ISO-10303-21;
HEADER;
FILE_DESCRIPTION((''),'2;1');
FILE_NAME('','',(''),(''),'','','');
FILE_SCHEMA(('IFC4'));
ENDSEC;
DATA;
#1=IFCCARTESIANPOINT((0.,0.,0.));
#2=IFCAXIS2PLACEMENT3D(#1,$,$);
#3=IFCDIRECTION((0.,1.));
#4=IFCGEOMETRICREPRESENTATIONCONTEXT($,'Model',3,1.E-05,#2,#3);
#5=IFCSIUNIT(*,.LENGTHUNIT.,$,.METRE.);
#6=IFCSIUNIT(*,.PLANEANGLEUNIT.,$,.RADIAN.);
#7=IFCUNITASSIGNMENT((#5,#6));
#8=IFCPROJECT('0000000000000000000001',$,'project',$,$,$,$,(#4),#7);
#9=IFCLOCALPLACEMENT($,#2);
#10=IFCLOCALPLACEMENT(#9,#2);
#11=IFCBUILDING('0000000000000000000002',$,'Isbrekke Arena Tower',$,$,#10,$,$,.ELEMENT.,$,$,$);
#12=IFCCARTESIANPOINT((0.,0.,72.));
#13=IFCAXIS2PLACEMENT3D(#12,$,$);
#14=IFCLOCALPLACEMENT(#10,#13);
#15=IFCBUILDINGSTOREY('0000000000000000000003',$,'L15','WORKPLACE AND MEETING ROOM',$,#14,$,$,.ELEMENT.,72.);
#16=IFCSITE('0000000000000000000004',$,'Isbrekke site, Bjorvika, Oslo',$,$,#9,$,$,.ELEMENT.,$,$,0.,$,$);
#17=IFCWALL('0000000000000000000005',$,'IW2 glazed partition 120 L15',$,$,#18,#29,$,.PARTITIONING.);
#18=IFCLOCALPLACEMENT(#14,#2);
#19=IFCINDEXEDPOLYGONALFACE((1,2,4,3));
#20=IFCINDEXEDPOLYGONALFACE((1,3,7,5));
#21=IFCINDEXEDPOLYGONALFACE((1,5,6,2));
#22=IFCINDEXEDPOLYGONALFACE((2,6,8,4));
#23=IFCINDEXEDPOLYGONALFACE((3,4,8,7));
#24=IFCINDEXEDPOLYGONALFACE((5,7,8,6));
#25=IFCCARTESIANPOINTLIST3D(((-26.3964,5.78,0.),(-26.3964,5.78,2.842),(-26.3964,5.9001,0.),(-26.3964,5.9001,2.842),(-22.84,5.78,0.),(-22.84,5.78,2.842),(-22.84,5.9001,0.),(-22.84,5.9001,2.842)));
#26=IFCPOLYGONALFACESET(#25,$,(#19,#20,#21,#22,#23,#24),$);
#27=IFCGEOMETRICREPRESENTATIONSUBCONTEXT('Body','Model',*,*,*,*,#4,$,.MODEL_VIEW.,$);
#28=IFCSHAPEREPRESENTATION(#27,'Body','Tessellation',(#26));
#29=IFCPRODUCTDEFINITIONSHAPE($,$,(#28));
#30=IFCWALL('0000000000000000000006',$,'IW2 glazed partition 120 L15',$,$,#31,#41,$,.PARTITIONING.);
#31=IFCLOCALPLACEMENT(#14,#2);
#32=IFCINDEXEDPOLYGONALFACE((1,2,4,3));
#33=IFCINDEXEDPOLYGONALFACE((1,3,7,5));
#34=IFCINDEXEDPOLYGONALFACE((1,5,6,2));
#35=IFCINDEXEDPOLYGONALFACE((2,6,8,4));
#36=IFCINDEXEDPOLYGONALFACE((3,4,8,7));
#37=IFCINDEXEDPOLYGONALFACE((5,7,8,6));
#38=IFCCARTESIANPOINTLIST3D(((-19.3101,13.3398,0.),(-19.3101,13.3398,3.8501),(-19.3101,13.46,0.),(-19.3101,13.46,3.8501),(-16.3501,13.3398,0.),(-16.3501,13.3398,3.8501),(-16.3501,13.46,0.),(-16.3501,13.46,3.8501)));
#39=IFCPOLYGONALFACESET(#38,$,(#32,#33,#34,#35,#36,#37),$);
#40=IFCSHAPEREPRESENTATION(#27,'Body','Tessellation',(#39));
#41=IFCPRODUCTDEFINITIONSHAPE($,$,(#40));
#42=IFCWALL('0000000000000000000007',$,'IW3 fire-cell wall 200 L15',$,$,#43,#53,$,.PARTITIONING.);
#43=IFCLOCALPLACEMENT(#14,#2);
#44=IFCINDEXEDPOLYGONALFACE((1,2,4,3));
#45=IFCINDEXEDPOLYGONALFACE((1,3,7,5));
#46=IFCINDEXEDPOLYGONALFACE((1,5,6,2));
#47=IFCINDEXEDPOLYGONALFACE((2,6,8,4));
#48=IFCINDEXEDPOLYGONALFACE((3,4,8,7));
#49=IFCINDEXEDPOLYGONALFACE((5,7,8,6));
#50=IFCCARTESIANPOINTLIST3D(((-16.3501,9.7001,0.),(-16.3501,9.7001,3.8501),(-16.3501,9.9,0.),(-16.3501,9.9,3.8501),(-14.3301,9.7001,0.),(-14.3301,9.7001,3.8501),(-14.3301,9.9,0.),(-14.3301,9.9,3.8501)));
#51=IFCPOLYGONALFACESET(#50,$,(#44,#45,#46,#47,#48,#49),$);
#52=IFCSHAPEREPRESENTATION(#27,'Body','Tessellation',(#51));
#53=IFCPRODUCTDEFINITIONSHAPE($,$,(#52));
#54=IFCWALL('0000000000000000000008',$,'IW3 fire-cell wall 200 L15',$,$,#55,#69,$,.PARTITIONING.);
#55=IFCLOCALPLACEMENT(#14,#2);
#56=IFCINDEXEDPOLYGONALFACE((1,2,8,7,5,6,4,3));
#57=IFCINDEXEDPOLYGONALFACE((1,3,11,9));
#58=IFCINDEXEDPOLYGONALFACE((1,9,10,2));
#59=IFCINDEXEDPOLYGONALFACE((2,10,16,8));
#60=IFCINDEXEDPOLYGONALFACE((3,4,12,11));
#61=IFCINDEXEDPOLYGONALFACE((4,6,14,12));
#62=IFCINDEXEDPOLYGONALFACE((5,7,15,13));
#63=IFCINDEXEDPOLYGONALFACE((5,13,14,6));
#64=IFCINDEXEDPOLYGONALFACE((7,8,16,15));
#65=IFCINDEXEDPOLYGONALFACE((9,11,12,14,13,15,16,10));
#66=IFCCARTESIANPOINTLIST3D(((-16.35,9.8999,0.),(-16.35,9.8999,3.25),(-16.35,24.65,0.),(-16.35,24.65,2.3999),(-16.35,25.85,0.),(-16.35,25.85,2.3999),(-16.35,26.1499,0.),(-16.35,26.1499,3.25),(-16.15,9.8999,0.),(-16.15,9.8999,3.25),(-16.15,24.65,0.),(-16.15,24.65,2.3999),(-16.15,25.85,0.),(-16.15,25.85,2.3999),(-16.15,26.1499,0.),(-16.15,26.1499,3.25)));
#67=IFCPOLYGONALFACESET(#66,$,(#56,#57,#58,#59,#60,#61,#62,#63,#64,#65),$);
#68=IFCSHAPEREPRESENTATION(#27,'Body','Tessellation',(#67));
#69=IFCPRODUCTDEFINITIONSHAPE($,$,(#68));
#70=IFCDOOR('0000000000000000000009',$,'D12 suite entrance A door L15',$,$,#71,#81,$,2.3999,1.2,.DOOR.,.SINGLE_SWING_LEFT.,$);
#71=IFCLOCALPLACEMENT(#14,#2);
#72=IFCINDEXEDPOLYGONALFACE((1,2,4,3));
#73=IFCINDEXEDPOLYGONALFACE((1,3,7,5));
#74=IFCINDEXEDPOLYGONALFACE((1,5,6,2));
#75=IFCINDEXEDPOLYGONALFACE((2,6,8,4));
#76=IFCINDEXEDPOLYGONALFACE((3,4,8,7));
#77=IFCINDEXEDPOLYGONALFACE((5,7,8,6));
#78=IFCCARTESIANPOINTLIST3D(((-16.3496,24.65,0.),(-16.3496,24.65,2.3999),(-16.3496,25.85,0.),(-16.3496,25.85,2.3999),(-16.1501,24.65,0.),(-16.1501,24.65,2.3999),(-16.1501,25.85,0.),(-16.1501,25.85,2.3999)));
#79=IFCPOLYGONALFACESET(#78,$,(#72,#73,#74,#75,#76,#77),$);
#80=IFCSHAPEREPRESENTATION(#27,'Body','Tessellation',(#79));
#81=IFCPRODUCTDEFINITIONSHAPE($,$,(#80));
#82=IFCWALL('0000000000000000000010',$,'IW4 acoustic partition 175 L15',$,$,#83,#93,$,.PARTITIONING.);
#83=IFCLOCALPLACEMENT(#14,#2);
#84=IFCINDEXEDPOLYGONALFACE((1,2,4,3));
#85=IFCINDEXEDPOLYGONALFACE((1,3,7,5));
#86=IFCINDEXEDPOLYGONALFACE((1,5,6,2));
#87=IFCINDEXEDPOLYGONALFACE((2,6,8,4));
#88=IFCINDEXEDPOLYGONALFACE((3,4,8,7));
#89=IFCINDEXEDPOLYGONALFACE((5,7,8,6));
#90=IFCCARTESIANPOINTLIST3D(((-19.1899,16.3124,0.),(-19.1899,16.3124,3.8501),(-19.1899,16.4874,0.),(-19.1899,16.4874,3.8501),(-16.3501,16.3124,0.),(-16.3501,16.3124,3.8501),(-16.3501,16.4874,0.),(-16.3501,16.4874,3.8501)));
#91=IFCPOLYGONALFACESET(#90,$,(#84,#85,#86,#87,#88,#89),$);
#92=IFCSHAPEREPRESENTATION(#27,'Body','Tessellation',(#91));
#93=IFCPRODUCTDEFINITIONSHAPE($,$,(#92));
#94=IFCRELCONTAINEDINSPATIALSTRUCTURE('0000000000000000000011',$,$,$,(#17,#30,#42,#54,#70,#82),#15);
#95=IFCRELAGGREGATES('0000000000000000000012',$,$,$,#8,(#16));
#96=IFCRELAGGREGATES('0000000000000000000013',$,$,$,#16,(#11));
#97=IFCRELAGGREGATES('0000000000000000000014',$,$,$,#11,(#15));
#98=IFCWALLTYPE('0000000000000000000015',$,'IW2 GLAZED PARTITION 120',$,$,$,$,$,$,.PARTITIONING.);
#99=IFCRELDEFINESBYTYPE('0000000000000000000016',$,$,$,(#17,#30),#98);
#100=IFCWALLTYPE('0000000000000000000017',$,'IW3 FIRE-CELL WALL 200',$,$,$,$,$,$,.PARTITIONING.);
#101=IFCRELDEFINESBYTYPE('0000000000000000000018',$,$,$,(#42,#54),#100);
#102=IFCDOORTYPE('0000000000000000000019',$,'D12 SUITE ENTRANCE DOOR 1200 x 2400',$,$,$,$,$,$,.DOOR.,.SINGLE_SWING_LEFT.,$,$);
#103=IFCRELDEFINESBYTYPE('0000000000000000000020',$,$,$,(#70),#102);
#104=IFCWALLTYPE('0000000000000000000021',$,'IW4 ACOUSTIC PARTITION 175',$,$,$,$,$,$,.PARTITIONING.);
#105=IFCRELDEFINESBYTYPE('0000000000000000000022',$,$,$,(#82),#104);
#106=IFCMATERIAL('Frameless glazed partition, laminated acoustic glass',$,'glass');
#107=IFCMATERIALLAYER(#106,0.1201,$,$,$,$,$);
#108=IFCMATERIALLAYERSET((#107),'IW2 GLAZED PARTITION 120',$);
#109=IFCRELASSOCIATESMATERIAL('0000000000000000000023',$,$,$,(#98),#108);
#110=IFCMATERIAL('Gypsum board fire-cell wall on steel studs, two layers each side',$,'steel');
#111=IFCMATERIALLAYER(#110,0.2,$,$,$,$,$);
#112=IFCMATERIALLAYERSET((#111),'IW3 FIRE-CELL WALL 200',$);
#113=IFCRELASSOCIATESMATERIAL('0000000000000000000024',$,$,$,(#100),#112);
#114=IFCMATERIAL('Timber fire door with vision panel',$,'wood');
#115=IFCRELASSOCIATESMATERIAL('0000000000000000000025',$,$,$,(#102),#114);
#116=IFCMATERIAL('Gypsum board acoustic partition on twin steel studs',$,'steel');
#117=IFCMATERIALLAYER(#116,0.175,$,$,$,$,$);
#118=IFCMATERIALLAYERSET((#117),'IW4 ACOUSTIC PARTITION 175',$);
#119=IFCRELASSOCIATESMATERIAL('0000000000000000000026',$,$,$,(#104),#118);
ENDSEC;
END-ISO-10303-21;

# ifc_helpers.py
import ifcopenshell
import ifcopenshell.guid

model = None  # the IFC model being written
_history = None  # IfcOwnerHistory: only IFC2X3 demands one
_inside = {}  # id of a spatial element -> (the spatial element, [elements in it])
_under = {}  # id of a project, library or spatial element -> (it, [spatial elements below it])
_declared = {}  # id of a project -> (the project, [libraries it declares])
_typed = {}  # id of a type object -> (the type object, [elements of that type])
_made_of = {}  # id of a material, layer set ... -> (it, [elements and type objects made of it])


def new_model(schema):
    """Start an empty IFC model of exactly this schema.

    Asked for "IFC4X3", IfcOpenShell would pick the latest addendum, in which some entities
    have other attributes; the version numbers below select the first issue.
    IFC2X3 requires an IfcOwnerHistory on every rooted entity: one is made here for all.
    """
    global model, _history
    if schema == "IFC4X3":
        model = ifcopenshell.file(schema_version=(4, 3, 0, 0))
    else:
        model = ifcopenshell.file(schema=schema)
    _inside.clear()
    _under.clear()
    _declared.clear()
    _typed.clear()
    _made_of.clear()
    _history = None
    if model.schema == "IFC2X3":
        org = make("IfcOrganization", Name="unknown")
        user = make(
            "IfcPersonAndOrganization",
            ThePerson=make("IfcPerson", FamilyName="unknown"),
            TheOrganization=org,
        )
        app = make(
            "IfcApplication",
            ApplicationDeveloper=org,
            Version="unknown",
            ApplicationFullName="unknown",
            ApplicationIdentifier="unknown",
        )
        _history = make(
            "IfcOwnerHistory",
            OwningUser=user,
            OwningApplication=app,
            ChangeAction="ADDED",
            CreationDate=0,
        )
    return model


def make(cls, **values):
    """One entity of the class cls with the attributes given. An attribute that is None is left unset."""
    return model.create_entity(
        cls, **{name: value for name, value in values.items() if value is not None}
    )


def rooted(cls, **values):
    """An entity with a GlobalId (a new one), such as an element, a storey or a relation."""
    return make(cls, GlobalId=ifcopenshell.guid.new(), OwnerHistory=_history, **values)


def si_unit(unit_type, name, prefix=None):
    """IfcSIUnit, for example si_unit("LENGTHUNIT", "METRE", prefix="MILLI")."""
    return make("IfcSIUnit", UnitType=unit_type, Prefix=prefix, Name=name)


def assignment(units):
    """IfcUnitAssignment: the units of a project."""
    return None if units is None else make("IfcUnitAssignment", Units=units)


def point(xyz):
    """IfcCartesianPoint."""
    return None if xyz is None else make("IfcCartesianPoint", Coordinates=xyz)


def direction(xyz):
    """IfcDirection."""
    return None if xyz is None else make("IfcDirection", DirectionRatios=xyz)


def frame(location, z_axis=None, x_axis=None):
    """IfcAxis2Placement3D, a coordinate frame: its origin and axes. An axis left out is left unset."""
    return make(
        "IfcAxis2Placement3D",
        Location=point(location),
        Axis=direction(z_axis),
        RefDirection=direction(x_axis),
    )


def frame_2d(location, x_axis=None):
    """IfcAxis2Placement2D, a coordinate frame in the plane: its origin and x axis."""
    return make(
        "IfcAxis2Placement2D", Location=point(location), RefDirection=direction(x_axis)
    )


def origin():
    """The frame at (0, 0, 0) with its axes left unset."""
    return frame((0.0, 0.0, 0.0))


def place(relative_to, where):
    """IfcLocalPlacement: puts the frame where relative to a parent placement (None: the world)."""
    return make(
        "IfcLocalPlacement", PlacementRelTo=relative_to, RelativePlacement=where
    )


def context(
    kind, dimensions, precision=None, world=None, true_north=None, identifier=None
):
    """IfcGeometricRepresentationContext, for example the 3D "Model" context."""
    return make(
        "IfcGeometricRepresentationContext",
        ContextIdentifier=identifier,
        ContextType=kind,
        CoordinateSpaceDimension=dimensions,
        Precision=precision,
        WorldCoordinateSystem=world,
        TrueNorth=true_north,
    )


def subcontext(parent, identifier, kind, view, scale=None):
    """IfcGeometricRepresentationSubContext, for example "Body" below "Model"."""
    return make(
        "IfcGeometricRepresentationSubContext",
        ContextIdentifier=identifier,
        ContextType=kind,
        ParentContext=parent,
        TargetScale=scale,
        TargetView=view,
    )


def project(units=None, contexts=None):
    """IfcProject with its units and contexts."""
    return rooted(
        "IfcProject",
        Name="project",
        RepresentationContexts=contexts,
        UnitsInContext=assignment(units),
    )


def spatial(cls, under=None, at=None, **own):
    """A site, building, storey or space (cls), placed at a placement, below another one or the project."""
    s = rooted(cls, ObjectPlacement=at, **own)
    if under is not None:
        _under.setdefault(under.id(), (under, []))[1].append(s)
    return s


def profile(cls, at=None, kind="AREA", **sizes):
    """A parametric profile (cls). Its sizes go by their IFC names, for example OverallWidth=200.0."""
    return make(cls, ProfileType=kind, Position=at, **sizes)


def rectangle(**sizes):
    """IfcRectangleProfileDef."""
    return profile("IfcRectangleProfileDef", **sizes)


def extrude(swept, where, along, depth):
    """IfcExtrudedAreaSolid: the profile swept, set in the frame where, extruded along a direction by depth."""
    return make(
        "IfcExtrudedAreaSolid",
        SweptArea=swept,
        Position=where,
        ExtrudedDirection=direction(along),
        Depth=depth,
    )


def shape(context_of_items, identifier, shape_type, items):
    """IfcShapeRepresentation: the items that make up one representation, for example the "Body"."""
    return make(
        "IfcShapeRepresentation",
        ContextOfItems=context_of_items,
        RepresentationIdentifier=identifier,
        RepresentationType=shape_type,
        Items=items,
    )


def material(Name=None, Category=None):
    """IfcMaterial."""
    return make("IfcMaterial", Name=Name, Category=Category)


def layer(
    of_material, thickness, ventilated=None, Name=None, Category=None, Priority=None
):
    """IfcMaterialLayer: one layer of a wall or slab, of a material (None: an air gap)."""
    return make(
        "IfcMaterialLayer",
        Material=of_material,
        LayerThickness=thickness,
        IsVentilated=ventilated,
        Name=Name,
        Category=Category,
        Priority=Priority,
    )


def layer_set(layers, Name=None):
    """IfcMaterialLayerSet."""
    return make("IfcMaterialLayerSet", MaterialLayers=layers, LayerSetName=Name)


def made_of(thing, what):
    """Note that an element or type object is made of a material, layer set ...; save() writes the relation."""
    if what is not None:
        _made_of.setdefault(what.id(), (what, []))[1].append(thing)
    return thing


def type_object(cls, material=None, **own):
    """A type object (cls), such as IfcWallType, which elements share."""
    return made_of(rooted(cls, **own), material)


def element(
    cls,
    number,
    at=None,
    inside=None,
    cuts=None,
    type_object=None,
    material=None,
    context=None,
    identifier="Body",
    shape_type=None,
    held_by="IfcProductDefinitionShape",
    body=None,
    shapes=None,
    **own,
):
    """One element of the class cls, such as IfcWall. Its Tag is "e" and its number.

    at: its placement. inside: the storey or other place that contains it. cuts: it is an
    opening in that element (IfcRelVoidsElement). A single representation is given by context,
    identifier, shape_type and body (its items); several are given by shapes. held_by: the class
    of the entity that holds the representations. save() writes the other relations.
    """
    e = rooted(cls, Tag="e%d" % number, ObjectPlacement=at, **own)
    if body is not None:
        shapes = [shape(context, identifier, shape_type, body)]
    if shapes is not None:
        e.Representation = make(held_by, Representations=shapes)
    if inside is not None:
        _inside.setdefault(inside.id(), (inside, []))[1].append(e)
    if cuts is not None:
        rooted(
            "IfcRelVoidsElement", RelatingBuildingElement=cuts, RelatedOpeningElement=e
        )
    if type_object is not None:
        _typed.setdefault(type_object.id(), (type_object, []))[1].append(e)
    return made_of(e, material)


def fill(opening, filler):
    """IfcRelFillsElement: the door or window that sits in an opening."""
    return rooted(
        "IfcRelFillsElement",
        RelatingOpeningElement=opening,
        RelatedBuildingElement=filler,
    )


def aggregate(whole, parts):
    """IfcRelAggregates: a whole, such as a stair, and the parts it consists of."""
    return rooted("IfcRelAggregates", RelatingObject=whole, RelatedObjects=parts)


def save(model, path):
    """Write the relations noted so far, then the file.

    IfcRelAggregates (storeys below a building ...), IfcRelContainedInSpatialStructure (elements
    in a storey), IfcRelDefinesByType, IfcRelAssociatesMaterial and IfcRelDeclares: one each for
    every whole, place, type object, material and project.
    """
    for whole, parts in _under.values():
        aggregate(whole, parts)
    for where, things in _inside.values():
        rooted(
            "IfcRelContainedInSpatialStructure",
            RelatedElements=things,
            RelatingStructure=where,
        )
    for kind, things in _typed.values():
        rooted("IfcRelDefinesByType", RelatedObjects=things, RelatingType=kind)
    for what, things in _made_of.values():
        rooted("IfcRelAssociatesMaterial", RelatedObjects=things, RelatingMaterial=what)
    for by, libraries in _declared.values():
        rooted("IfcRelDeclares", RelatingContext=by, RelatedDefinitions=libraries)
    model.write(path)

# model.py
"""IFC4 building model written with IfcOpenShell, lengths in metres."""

from ifc_helpers import new_model, si_unit, direction, frame, frame_2d, origin, place, context, subcontext, project, spatial, rectangle, extrude, material, layer, layer_set, type_object, element, fill, save


model = new_model("IFC4")

# Units and contexts
model_context = context("Model", 3, precision=1e-05, world=origin(), true_north=direction((0.0, 1.0)))
body_context = subcontext(model_context, "Body", "Model", "MODEL_VIEW")
ifc_project = project(units=[si_unit("LENGTHUNIT", "METRE"), si_unit("PLANEANGLEUNIT", "RADIAN")], contexts=[model_context])

# Site, building, storey
site_placement = place(None, origin())
site = spatial("IfcSite", under=ifc_project, at=site_placement, Name="Isbrekke site, Bjorvika, Oslo", CompositionType="ELEMENT", RefElevation=0.0)
building_placement = place(site_placement, origin())
building = spatial("IfcBuilding", under=site, at=building_placement, Name="Isbrekke Arena Tower", CompositionType="ELEMENT")
storey_placement = place(building_placement, frame((0.0, 0.0, 72.0)))
storey = spatial("IfcBuildingStorey", under=building, at=storey_placement, Name="L15", Description="WORKPLACE AND MEETING ROOM", CompositionType="ELEMENT", Elevation=72.0)

# Walls
ifc_material_1 = material(Name="Frameless glazed partition, laminated acoustic glass", Category="glass")
ifc_layer_1 = layer(ifc_material_1, 0.1201)
ifc_layer_set_1 = layer_set([ifc_layer_1], Name="IW2 GLAZED PARTITION 120")
wall_type_1 = type_object("IfcWallType", Name="IW2 GLAZED PARTITION 120", PredefinedType="PARTITIONING", material=ifc_layer_set_1)
wall_1_placement = place(storey_placement, frame((-26.3965, 5.8401, 0.0), z_axis=(0.0, 0.0, 1.0), x_axis=(1.0, 0.0, 0.0)))
element("IfcWall", 1, at=wall_1_placement, inside=storey, type_object=wall_type_1, Name="IW2 glazed partition 120 L15", PredefinedType="PARTITIONING", context=body_context, shape_type="SweptSolid", body=[
    extrude(rectangle(XDim=3.5564, YDim=0.1201, at=frame_2d((1.7783, 0.0))), origin(), (0.0, 0.0, 1.0), 2.842),
])
wall_2_placement = place(storey_placement, frame((-19.3101, 13.3999, 0.0), z_axis=(0.0, 0.0, 1.0), x_axis=(1.0, 0.0, 0.0)))
element("IfcWall", 2, at=wall_2_placement, inside=storey, type_object=wall_type_1, Name="IW2 glazed partition 120 L15", PredefinedType="PARTITIONING", context=body_context, shape_type="SweptSolid", body=[
    extrude(rectangle(XDim=2.96, YDim=0.1201, at=frame_2d((1.48, 0.0))), origin(), (0.0, 0.0, 1.0), 3.8501),
])

# Wall
ifc_material_2 = material(Name="Gypsum board fire-cell wall on steel studs, two layers each side", Category="steel")
ifc_layer_2 = layer(ifc_material_2, 0.2)
ifc_layer_set_2 = layer_set([ifc_layer_2], Name="IW3 FIRE-CELL WALL 200")
wall_type_2 = type_object("IfcWallType", Name="IW3 FIRE-CELL WALL 200", PredefinedType="PARTITIONING", material=ifc_layer_set_2)
wall_3_placement = place(storey_placement, frame((-16.3501, 9.8, 0.0), z_axis=(0.0, 0.0, 1.0), x_axis=(1.0, 0.0, 0.0)))
element("IfcWall", 3, at=wall_3_placement, inside=storey, type_object=wall_type_2, Name="IW3 fire-cell wall 200 L15", PredefinedType="PARTITIONING", context=body_context, shape_type="SweptSolid", body=[
    extrude(rectangle(XDim=2.02, YDim=0.2, at=frame_2d((1.01, 0.0))), origin(), (0.0, 0.0, 1.0), 3.8501),
])

# Wall, opening, door
wall_4_placement = place(storey_placement, frame((-16.25, 9.8999, 0.0), z_axis=(0.0, 0.0, 1.0), x_axis=(0.0, 1.0, 0.0)))
wall_4 = element("IfcWall", 4, at=wall_4_placement, inside=storey, type_object=wall_type_2, Name="IW3 fire-cell wall 200 L15", PredefinedType="PARTITIONING", context=body_context, shape_type="SweptSolid", body=[
    extrude(rectangle(XDim=16.25, YDim=0.2, at=frame_2d((8.125, 0.0))), origin(), (0.0, 0.0, 1.0), 3.25),
])
opening_1_placement = place(wall_4_placement, frame((14.75, 0.0, 0.0)))
opening_1 = element("IfcOpeningElement", 5, at=opening_1_placement, cuts=wall_4, PredefinedType="OPENING", context=body_context, shape_type="SweptSolid", body=[
    extrude(rectangle(XDim=1.2, YDim=2.3999, at=frame_2d((0.6001, 1.2))), frame((0.0, 0.1147, 0.0), z_axis=(0.0, -1.0, 0.0), x_axis=(1.0, 0.0, 0.0)), (0.0, 0.0, 1.0), 0.2297),
])
ifc_material_3 = material(Name="Timber fire door with vision panel", Category="wood")
door_type_1 = type_object("IfcDoorType", Name="D12 SUITE ENTRANCE DOOR 1200 x 2400", OperationType="SINGLE_SWING_LEFT", PredefinedType="DOOR", material=ifc_material_3)
door_1_placement = place(opening_1_placement, origin())
door_1 = element("IfcDoor", 6, at=door_1_placement, inside=storey, type_object=door_type_1, Name="D12 suite entrance A door L15", OperationType="SINGLE_SWING_LEFT", OverallHeight=2.3999, OverallWidth=1.2, PredefinedType="DOOR", context=body_context, shape_type="SweptSolid", body=[
    extrude(rectangle(XDim=1.2, YDim=2.3999, at=frame_2d((0.6001, 1.2))), frame((0.0, 0.0996, 0.0), z_axis=(0.0, -1.0, 0.0), x_axis=(1.0, 0.0, 0.0)), (0.0, 0.0, 1.0), 0.1995),
])
fill(opening_1, door_1)

# Wall
ifc_material_4 = material(Name="Gypsum board acoustic partition on twin steel studs", Category="steel")
ifc_layer_3 = layer(ifc_material_4, 0.175)
ifc_layer_set_3 = layer_set([ifc_layer_3], Name="IW4 ACOUSTIC PARTITION 175")
wall_type_3 = type_object("IfcWallType", Name="IW4 ACOUSTIC PARTITION 175", PredefinedType="PARTITIONING", material=ifc_layer_set_3)
wall_5_placement = place(storey_placement, frame((-19.1899, 16.3999, 0.0), z_axis=(0.0, 0.0, 1.0), x_axis=(1.0, 0.0, 0.0)))
element("IfcWall", 7, at=wall_5_placement, inside=storey, type_object=wall_type_3, Name="IW4 acoustic partition 175 L15", PredefinedType="PARTITIONING", context=body_context, shape_type="SweptSolid", body=[
    extrude(rectangle(XDim=2.8398, YDim=0.175, at=frame_2d((1.4199, 0.0))), origin(), (0.0, 0.0, 1.0), 3.8501),
])

save(model, "model.ifc")
